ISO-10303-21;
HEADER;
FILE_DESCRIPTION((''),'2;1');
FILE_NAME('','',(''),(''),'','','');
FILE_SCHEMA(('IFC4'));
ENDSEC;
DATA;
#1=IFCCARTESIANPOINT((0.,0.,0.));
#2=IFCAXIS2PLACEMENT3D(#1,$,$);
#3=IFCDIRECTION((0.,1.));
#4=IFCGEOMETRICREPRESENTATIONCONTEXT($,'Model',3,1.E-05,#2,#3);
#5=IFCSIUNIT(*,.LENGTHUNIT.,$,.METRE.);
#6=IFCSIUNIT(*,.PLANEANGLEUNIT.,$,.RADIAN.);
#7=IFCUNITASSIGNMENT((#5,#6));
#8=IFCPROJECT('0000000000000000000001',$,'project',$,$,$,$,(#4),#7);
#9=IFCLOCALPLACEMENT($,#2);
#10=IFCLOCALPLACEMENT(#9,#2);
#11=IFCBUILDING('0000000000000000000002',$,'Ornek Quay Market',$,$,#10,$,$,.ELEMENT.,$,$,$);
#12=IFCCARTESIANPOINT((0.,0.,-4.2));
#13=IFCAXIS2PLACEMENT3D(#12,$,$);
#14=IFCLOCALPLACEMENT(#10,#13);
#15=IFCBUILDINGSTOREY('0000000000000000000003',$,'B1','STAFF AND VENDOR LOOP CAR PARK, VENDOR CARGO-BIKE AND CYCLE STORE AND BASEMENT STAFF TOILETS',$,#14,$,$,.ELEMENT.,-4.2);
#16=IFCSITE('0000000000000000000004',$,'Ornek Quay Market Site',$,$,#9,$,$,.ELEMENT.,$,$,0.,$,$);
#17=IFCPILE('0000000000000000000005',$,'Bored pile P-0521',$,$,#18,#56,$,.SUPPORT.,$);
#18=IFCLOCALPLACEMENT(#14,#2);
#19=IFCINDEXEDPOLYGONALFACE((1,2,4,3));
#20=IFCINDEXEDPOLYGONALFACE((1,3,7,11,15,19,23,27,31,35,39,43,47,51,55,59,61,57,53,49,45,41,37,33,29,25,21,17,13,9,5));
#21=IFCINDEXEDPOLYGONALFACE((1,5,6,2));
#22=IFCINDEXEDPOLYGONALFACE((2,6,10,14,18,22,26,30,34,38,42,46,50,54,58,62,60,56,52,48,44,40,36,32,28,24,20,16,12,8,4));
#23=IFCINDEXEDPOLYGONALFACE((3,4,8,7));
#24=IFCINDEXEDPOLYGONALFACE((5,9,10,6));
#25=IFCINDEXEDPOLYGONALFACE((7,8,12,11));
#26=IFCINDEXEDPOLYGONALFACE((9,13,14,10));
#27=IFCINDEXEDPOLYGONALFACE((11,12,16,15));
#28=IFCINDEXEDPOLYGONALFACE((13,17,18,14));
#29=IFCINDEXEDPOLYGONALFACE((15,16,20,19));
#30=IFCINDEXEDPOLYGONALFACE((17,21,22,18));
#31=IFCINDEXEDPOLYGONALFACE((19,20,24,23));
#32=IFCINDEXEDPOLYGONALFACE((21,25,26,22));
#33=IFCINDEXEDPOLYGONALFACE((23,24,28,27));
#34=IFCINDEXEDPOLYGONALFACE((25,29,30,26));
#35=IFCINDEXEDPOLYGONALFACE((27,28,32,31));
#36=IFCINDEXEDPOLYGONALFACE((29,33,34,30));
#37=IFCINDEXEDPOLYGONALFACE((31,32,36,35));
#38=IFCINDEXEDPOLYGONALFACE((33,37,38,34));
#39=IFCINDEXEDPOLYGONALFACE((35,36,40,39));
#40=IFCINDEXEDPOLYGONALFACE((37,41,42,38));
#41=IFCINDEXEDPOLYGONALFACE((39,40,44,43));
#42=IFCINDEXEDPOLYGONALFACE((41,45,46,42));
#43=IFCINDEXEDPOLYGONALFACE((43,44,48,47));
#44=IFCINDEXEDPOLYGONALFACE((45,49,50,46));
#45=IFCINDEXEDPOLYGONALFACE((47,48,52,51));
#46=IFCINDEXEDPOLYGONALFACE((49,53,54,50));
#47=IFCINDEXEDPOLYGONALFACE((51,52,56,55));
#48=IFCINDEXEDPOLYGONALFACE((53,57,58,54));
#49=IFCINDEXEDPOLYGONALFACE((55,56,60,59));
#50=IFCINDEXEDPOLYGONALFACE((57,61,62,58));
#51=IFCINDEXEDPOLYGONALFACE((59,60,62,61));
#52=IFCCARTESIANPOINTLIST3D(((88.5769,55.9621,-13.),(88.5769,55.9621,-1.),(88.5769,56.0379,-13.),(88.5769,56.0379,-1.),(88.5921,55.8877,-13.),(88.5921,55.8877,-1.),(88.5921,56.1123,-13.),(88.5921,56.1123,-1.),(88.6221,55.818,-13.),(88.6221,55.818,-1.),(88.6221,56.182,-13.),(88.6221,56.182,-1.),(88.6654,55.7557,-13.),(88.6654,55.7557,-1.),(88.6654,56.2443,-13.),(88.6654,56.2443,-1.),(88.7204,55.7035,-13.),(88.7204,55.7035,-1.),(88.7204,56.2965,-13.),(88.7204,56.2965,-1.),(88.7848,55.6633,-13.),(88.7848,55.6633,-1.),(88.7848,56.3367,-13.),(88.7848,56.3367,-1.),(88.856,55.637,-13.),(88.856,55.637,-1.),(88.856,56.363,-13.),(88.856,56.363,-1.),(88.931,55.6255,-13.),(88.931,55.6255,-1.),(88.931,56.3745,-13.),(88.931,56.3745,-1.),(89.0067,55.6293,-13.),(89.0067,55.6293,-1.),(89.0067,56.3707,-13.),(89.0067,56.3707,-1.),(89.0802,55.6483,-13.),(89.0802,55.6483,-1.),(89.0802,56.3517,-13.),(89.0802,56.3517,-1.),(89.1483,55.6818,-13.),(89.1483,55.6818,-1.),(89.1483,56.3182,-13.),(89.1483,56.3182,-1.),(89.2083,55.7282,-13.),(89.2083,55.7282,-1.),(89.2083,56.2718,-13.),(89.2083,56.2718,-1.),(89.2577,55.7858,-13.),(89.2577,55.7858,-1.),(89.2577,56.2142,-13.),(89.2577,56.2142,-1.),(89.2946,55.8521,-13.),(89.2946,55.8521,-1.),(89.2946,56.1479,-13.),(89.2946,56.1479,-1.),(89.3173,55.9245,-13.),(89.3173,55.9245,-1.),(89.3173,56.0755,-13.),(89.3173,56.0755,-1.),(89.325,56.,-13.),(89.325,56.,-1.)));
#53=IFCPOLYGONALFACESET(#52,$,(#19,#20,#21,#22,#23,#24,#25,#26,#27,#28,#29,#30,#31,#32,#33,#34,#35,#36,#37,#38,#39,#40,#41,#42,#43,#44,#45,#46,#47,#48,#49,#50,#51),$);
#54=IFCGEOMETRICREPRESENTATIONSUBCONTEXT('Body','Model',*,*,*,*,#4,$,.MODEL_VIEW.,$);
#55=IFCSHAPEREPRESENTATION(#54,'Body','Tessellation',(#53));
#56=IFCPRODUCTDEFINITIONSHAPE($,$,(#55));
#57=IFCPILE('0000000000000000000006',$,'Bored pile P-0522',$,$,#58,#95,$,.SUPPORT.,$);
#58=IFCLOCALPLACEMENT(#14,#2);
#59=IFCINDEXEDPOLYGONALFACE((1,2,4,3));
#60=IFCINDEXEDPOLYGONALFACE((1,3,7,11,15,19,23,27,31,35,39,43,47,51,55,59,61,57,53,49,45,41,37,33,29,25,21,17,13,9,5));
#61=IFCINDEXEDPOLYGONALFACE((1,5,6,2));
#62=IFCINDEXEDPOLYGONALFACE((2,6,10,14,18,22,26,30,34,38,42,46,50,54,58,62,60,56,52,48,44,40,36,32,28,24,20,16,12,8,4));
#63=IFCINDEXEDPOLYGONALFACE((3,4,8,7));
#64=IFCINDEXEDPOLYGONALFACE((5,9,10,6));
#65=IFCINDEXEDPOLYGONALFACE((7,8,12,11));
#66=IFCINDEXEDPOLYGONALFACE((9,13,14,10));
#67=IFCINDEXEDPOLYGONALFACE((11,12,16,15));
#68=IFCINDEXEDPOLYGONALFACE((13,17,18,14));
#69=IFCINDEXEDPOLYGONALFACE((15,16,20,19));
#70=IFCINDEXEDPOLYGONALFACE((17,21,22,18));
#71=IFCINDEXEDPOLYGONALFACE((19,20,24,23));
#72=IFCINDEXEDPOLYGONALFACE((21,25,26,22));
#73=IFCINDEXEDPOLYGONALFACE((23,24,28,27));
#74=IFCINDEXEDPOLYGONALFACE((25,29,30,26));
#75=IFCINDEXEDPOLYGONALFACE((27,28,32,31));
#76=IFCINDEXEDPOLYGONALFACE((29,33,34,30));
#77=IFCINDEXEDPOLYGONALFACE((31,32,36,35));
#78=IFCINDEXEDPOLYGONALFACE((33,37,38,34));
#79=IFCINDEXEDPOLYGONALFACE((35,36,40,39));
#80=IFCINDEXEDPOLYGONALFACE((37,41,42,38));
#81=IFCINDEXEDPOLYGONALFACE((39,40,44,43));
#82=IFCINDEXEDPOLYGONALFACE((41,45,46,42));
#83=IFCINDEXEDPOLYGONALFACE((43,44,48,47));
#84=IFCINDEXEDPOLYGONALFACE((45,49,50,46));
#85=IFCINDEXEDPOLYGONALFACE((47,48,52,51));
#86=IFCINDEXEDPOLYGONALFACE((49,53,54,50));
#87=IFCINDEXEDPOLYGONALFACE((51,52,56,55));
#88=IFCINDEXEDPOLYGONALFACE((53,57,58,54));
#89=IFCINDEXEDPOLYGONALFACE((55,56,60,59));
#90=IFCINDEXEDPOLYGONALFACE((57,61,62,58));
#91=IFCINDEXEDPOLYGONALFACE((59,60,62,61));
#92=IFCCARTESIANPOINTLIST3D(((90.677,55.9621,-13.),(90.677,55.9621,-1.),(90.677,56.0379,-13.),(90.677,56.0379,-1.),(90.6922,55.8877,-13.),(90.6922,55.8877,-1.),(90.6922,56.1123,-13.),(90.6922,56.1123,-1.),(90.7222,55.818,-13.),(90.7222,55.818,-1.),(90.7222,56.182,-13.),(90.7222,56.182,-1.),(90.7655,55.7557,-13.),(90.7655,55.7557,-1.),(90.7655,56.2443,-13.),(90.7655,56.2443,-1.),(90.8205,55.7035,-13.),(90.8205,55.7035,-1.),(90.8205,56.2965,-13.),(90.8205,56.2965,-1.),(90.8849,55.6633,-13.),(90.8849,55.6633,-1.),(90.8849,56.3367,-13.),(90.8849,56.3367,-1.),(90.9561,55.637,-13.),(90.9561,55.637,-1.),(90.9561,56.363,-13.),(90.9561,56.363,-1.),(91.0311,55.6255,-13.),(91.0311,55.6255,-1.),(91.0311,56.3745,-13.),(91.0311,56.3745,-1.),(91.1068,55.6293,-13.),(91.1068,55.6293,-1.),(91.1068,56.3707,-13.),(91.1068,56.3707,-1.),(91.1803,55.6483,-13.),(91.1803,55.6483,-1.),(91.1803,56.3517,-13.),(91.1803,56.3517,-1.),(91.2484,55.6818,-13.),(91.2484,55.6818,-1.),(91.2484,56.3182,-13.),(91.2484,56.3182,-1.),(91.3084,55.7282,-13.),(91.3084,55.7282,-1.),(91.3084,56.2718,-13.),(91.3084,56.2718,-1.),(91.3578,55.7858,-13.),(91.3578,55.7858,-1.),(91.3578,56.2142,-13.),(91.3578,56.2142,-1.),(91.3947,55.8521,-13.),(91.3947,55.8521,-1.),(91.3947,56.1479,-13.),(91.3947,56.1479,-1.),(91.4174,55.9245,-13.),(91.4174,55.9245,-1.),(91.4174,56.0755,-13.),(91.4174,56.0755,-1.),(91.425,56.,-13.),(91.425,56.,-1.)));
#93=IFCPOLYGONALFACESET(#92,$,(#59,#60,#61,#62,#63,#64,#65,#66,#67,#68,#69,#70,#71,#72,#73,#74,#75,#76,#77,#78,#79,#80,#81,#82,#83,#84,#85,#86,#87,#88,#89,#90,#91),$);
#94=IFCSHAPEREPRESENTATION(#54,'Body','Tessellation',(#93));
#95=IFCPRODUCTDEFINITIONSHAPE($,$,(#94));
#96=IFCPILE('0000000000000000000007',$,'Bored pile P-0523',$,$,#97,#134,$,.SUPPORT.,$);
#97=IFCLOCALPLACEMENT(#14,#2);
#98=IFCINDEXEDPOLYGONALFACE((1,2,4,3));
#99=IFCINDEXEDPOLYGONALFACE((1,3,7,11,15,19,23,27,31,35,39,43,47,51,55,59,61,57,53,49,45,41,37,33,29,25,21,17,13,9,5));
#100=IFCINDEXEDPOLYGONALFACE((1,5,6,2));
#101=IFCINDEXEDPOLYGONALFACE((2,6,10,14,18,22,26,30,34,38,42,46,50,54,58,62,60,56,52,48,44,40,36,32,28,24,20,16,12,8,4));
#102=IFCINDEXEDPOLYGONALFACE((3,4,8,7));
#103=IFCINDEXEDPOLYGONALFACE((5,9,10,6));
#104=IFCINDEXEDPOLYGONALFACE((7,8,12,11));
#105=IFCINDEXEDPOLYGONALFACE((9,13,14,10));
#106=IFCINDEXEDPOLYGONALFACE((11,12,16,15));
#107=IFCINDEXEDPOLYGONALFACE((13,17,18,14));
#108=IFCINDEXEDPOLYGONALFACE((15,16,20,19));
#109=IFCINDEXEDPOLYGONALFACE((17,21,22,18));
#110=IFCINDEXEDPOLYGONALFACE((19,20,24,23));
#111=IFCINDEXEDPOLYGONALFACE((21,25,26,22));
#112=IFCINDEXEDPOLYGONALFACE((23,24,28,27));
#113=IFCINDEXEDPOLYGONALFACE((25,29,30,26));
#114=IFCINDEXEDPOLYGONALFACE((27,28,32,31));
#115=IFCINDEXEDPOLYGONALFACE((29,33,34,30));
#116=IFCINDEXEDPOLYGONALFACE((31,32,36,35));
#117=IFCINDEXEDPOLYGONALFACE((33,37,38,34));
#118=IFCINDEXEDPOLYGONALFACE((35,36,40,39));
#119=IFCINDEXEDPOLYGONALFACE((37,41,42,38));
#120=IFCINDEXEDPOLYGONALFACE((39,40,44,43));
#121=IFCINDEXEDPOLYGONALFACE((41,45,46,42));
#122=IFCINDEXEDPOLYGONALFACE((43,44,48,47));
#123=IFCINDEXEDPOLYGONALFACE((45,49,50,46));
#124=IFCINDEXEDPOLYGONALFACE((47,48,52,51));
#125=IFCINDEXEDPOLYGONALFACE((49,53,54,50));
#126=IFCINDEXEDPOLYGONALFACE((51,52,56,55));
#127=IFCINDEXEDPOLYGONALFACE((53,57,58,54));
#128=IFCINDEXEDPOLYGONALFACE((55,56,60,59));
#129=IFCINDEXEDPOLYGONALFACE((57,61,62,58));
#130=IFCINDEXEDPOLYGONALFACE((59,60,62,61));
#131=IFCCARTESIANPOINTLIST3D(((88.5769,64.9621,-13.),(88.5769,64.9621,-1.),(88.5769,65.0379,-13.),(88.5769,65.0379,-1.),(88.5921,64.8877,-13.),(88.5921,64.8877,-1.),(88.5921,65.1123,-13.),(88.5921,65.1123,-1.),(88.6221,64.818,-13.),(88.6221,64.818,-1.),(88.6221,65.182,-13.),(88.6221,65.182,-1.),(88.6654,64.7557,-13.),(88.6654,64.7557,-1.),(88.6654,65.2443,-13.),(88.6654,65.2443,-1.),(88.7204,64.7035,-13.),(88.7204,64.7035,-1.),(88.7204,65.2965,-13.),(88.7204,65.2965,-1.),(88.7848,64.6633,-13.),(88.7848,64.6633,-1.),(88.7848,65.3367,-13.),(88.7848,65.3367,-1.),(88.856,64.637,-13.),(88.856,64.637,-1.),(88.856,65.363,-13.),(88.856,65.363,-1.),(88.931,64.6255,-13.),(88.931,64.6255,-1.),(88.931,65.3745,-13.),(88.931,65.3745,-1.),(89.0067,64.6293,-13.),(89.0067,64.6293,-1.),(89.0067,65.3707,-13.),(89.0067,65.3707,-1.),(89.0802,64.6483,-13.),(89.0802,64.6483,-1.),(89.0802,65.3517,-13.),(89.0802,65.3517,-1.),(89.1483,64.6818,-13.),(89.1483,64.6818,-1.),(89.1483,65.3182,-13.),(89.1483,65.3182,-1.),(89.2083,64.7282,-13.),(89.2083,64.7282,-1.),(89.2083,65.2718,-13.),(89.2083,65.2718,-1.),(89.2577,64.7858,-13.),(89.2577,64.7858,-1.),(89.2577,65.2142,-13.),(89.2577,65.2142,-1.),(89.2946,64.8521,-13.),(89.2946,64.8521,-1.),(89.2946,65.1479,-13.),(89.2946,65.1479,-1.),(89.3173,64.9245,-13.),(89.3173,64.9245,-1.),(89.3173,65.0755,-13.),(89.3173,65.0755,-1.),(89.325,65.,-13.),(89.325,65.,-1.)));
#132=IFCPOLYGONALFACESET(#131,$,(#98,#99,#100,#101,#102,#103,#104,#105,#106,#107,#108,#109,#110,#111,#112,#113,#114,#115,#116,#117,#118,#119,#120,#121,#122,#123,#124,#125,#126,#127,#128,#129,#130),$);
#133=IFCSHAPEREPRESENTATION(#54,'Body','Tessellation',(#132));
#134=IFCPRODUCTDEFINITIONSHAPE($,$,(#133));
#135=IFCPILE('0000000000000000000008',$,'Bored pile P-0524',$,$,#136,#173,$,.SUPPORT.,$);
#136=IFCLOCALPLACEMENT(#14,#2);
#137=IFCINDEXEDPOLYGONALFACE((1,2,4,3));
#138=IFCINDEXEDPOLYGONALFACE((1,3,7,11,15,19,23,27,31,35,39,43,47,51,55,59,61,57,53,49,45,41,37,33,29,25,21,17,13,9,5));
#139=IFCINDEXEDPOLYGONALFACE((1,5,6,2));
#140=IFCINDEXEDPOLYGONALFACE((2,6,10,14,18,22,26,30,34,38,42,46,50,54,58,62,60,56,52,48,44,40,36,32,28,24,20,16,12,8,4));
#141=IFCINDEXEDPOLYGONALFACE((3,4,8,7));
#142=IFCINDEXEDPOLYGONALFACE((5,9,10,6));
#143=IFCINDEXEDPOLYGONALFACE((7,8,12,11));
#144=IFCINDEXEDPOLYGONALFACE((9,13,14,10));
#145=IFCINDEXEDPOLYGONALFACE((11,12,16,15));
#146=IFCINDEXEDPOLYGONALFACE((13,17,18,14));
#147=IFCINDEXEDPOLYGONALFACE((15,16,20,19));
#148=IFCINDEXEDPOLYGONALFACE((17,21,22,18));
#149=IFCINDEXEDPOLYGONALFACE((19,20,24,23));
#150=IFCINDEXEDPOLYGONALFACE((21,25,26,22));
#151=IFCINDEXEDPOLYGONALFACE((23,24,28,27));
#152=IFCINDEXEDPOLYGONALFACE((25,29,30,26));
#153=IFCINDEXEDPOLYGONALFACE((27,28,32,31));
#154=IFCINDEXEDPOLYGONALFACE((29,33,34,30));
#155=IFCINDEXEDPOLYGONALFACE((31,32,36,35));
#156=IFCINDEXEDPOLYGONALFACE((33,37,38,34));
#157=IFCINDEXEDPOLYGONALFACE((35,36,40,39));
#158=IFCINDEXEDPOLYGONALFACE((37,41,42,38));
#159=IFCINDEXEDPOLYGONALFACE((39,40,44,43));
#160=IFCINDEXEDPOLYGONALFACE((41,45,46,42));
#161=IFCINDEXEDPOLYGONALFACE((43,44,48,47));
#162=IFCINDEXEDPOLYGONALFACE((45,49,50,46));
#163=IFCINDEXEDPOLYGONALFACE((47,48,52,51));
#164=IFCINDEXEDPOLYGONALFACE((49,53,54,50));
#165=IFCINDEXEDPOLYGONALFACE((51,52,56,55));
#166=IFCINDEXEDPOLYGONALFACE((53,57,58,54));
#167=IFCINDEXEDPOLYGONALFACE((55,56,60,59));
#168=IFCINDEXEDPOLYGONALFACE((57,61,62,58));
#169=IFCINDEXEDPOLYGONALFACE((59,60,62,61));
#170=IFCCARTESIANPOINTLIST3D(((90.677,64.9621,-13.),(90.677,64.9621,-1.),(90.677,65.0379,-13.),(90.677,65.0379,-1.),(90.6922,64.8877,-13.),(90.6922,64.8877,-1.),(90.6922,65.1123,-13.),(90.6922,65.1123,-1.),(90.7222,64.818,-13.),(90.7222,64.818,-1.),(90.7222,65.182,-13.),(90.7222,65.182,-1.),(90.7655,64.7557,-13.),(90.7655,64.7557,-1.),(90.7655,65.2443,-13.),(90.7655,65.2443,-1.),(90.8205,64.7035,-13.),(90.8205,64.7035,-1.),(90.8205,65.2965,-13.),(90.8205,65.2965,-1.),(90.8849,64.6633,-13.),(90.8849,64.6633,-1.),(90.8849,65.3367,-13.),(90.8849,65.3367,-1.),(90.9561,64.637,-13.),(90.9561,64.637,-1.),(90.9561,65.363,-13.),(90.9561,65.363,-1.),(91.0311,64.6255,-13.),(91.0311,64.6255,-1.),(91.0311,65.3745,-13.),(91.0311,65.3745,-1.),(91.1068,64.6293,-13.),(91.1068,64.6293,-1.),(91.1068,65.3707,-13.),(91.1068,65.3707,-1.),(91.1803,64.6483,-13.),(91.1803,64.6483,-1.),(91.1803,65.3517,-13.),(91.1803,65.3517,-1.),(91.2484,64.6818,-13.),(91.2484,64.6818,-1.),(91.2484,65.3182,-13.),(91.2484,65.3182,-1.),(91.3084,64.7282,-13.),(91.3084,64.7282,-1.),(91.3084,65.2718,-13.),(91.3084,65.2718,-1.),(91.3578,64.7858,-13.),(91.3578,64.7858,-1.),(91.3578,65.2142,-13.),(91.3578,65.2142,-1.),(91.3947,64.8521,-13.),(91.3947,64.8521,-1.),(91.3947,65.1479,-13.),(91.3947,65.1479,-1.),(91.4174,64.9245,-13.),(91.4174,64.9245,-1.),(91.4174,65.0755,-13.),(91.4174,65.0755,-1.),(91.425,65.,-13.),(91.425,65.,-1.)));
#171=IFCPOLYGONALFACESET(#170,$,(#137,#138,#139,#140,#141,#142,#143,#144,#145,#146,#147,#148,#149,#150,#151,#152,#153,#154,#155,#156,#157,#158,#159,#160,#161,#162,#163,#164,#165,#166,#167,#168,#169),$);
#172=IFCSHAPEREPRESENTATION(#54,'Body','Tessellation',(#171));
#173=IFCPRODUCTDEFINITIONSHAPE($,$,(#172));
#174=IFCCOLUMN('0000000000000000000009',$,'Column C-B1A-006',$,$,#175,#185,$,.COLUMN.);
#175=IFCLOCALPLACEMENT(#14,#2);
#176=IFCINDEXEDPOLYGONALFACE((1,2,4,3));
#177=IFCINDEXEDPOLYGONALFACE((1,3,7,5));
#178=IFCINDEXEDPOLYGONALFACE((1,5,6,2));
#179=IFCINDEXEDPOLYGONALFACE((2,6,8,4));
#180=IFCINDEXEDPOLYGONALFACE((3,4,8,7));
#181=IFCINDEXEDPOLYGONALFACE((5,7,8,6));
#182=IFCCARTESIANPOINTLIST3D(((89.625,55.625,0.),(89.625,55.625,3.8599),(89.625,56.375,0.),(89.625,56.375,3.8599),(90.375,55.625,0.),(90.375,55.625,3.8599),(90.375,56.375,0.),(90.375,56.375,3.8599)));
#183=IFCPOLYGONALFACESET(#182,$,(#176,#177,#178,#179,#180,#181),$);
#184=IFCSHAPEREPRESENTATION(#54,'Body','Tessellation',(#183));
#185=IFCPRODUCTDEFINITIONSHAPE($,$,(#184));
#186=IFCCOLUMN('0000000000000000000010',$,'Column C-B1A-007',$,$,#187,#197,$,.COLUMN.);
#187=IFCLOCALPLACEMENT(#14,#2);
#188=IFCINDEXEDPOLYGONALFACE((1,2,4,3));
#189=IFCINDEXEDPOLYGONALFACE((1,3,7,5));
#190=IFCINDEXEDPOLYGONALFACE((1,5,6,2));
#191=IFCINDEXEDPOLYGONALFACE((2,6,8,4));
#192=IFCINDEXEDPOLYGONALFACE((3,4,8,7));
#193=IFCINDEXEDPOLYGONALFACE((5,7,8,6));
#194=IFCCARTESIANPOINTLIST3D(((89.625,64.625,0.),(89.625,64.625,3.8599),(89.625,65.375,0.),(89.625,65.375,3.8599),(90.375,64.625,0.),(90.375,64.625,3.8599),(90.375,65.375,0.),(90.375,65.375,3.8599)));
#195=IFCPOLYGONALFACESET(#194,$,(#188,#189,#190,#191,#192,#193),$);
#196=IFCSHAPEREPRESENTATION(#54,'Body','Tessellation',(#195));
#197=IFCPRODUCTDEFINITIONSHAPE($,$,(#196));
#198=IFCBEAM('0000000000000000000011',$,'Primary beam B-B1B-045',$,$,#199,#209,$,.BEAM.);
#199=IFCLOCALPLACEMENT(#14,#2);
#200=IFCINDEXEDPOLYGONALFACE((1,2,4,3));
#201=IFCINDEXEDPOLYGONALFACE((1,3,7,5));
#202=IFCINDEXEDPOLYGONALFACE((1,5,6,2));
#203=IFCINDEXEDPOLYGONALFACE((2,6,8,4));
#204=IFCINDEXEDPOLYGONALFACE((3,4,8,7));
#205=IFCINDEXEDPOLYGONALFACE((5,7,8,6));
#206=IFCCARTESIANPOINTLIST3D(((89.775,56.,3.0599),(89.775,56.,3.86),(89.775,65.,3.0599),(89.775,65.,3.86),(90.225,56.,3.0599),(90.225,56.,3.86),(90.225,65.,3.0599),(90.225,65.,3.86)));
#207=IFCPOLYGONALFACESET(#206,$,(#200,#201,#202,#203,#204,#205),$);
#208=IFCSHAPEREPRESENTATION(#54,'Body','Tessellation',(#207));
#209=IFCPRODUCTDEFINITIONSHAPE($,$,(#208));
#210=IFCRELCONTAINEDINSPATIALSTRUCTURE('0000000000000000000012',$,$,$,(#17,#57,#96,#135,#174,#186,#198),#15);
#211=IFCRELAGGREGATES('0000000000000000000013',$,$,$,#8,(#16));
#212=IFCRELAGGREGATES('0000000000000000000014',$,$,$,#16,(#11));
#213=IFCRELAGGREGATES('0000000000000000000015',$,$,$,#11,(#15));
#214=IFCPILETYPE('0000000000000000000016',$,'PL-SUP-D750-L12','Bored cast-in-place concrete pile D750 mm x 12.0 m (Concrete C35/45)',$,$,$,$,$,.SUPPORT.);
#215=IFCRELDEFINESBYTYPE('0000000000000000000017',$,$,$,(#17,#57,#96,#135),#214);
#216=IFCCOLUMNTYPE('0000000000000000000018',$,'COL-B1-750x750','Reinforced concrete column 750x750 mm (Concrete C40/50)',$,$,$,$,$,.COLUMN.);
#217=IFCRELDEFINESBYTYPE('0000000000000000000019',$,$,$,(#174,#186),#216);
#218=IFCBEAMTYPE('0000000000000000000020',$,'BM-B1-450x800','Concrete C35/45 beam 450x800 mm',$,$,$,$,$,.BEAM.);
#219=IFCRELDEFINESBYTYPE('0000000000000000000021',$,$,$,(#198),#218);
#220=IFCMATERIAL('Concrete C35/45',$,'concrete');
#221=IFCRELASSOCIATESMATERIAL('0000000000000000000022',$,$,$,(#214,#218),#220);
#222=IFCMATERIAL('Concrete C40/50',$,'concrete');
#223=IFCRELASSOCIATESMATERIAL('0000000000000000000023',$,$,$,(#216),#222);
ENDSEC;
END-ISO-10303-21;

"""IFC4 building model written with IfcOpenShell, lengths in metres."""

from ifc_helpers import new_model, si_unit, direction, frame, origin, origin_2d, place, context, subcontext, project, spatial, rectangle, circle, extrude, material, material_profile, profile_set, type_object, element, save


model = new_model("IFC4")

# Units and contexts
model_context = context("Model", 3, precision=1e-05, world=origin(), true_north=direction((0.0, 1.0)))
body_context = subcontext(model_context, "Body", "Model", "MODEL_VIEW")
ifc_project = project(units=[si_unit("LENGTHUNIT", "METRE"), si_unit("PLANEANGLEUNIT", "RADIAN")], contexts=[model_context])

# Site, building, storey
site_placement = place(None, origin())
site = spatial("IfcSite", under=ifc_project, at=site_placement, Name="Ornek Quay Market Site", CompositionType="ELEMENT", RefElevation=0.0)
building_placement = place(site_placement, origin())
building = spatial("IfcBuilding", under=site, at=building_placement, Name="Ornek Quay Market", CompositionType="ELEMENT")
storey_placement = place(building_placement, frame((0.0, 0.0, -4.2)))
storey = spatial("IfcBuildingStorey", under=building, at=storey_placement, Name="B1", Description="STAFF AND VENDOR LOOP CAR PARK, VENDOR CARGO-BIKE AND CYCLE STORE AND BASEMENT STAFF TOILETS", CompositionType="ELEMENT", Elevation=-4.2)

# Piles
ifc_material_1 = material(Name="Concrete C35/45", Category="concrete")
ifc_material_profile_1 = material_profile(ifc_material_1, circle(Radius=0.375, at=origin_2d()), Name="PILE D750", Category="concrete")
ifc_profile_set_1 = profile_set([ifc_material_profile_1], Name="Concrete C35/45")
pile_type = type_object("IfcPileType", Name="PL-SUP-D750-L12", Description="Bored cast-in-place concrete pile D750 mm x 12.0 m (Concrete C35/45)", PredefinedType="SUPPORT", material=ifc_profile_set_1)
for number, where, z_axis, x_axis, name in (
    (1, (88.95, 56.0, -1.0), (0.0, 0.0, -1.0), (1.0, 0.0, 0.0), "Bored pile P-0521"),
    (2, (91.05, 56.0, -1.0), (0.0, 0.0, -1.0), (1.0, 0.0, 0.0), "Bored pile P-0522"),
    (3, (88.95, 65.0, -1.0), (0.0, 0.0, -1.0), (1.0, 0.0, 0.0), "Bored pile P-0523"),
    (4, (91.05, 65.0, -1.0), (0.0, 0.0, -1.0), (1.0, 0.0, 0.0), "Bored pile P-0524"),
):
    element("IfcPile", number, at=place(storey_placement, frame(where, z_axis=z_axis, x_axis=x_axis)), inside=storey, type_object=pile_type, Name=name, PredefinedType="SUPPORT", context=body_context, shape_type="SweptSolid", body=[
        extrude(circle(Radius=0.375, at=origin_2d()), origin(), (0.0, 0.0, 1.0), 12.0),
    ])

# Columns
ifc_material_2 = material(Name="Concrete C40/50", Category="concrete")
ifc_material_profile_2 = material_profile(ifc_material_2, rectangle(XDim=0.75, YDim=0.75, at=origin_2d()), Name="RC 750x750", Category="concrete")
ifc_profile_set_2 = profile_set([ifc_material_profile_2], Name="Concrete C40/50")
column_type = type_object("IfcColumnType", Name="COL-B1-750x750", Description="Reinforced concrete column 750x750 mm (Concrete C40/50)", PredefinedType="COLUMN", material=ifc_profile_set_2)
for number, where, z_axis, x_axis, name in (
    (5, (90.0, 56.0, 0.0), (0.0, 0.0, 1.0), (1.0, 0.0, 0.0), "Column C-B1A-006"),
    (6, (90.0, 65.0, 0.0), (0.0, 0.0, 1.0), (1.0, 0.0, 0.0), "Column C-B1A-007"),
):
    element("IfcColumn", number, at=place(storey_placement, frame(where, z_axis=z_axis, x_axis=x_axis)), inside=storey, type_object=column_type, Name=name, PredefinedType="COLUMN", context=body_context, shape_type="SweptSolid", body=[
        extrude(rectangle(XDim=0.75, YDim=0.75, at=origin_2d()), origin(), (0.0, 0.0, 1.0), 3.8599),
    ])

# Beam
ifc_material_profile_3 = material_profile(ifc_material_1, rectangle(XDim=0.45, YDim=0.8, at=origin_2d()), Name="RC 450x800", Category="concrete")
ifc_profile_set_3 = profile_set([ifc_material_profile_3], Name="Concrete C35/45")
beam_type_1 = type_object("IfcBeamType", Name="BM-B1-450x800", Description="Concrete C35/45 beam 450x800 mm", PredefinedType="BEAM", material=ifc_profile_set_3)
for number, where, z_axis, x_axis, name in (
    (7, (90.0, 56.0, 3.46), (0.0, 1.0, 0.0), (-1.0, 0.0, 0.0), "Primary beam B-B1B-045"),
):
    element("IfcBeam", number, at=place(storey_placement, frame(where, z_axis=z_axis, x_axis=x_axis)), inside=storey, type_object=beam_type_1, Name=name, PredefinedType="BEAM", context=body_context, shape_type="SweptSolid", body=[
        extrude(rectangle(XDim=0.45, YDim=0.8, at=origin_2d()), origin(), (0.0, 0.0, 1.0), 9.0),
    ])

save(model, "model.ifc")
